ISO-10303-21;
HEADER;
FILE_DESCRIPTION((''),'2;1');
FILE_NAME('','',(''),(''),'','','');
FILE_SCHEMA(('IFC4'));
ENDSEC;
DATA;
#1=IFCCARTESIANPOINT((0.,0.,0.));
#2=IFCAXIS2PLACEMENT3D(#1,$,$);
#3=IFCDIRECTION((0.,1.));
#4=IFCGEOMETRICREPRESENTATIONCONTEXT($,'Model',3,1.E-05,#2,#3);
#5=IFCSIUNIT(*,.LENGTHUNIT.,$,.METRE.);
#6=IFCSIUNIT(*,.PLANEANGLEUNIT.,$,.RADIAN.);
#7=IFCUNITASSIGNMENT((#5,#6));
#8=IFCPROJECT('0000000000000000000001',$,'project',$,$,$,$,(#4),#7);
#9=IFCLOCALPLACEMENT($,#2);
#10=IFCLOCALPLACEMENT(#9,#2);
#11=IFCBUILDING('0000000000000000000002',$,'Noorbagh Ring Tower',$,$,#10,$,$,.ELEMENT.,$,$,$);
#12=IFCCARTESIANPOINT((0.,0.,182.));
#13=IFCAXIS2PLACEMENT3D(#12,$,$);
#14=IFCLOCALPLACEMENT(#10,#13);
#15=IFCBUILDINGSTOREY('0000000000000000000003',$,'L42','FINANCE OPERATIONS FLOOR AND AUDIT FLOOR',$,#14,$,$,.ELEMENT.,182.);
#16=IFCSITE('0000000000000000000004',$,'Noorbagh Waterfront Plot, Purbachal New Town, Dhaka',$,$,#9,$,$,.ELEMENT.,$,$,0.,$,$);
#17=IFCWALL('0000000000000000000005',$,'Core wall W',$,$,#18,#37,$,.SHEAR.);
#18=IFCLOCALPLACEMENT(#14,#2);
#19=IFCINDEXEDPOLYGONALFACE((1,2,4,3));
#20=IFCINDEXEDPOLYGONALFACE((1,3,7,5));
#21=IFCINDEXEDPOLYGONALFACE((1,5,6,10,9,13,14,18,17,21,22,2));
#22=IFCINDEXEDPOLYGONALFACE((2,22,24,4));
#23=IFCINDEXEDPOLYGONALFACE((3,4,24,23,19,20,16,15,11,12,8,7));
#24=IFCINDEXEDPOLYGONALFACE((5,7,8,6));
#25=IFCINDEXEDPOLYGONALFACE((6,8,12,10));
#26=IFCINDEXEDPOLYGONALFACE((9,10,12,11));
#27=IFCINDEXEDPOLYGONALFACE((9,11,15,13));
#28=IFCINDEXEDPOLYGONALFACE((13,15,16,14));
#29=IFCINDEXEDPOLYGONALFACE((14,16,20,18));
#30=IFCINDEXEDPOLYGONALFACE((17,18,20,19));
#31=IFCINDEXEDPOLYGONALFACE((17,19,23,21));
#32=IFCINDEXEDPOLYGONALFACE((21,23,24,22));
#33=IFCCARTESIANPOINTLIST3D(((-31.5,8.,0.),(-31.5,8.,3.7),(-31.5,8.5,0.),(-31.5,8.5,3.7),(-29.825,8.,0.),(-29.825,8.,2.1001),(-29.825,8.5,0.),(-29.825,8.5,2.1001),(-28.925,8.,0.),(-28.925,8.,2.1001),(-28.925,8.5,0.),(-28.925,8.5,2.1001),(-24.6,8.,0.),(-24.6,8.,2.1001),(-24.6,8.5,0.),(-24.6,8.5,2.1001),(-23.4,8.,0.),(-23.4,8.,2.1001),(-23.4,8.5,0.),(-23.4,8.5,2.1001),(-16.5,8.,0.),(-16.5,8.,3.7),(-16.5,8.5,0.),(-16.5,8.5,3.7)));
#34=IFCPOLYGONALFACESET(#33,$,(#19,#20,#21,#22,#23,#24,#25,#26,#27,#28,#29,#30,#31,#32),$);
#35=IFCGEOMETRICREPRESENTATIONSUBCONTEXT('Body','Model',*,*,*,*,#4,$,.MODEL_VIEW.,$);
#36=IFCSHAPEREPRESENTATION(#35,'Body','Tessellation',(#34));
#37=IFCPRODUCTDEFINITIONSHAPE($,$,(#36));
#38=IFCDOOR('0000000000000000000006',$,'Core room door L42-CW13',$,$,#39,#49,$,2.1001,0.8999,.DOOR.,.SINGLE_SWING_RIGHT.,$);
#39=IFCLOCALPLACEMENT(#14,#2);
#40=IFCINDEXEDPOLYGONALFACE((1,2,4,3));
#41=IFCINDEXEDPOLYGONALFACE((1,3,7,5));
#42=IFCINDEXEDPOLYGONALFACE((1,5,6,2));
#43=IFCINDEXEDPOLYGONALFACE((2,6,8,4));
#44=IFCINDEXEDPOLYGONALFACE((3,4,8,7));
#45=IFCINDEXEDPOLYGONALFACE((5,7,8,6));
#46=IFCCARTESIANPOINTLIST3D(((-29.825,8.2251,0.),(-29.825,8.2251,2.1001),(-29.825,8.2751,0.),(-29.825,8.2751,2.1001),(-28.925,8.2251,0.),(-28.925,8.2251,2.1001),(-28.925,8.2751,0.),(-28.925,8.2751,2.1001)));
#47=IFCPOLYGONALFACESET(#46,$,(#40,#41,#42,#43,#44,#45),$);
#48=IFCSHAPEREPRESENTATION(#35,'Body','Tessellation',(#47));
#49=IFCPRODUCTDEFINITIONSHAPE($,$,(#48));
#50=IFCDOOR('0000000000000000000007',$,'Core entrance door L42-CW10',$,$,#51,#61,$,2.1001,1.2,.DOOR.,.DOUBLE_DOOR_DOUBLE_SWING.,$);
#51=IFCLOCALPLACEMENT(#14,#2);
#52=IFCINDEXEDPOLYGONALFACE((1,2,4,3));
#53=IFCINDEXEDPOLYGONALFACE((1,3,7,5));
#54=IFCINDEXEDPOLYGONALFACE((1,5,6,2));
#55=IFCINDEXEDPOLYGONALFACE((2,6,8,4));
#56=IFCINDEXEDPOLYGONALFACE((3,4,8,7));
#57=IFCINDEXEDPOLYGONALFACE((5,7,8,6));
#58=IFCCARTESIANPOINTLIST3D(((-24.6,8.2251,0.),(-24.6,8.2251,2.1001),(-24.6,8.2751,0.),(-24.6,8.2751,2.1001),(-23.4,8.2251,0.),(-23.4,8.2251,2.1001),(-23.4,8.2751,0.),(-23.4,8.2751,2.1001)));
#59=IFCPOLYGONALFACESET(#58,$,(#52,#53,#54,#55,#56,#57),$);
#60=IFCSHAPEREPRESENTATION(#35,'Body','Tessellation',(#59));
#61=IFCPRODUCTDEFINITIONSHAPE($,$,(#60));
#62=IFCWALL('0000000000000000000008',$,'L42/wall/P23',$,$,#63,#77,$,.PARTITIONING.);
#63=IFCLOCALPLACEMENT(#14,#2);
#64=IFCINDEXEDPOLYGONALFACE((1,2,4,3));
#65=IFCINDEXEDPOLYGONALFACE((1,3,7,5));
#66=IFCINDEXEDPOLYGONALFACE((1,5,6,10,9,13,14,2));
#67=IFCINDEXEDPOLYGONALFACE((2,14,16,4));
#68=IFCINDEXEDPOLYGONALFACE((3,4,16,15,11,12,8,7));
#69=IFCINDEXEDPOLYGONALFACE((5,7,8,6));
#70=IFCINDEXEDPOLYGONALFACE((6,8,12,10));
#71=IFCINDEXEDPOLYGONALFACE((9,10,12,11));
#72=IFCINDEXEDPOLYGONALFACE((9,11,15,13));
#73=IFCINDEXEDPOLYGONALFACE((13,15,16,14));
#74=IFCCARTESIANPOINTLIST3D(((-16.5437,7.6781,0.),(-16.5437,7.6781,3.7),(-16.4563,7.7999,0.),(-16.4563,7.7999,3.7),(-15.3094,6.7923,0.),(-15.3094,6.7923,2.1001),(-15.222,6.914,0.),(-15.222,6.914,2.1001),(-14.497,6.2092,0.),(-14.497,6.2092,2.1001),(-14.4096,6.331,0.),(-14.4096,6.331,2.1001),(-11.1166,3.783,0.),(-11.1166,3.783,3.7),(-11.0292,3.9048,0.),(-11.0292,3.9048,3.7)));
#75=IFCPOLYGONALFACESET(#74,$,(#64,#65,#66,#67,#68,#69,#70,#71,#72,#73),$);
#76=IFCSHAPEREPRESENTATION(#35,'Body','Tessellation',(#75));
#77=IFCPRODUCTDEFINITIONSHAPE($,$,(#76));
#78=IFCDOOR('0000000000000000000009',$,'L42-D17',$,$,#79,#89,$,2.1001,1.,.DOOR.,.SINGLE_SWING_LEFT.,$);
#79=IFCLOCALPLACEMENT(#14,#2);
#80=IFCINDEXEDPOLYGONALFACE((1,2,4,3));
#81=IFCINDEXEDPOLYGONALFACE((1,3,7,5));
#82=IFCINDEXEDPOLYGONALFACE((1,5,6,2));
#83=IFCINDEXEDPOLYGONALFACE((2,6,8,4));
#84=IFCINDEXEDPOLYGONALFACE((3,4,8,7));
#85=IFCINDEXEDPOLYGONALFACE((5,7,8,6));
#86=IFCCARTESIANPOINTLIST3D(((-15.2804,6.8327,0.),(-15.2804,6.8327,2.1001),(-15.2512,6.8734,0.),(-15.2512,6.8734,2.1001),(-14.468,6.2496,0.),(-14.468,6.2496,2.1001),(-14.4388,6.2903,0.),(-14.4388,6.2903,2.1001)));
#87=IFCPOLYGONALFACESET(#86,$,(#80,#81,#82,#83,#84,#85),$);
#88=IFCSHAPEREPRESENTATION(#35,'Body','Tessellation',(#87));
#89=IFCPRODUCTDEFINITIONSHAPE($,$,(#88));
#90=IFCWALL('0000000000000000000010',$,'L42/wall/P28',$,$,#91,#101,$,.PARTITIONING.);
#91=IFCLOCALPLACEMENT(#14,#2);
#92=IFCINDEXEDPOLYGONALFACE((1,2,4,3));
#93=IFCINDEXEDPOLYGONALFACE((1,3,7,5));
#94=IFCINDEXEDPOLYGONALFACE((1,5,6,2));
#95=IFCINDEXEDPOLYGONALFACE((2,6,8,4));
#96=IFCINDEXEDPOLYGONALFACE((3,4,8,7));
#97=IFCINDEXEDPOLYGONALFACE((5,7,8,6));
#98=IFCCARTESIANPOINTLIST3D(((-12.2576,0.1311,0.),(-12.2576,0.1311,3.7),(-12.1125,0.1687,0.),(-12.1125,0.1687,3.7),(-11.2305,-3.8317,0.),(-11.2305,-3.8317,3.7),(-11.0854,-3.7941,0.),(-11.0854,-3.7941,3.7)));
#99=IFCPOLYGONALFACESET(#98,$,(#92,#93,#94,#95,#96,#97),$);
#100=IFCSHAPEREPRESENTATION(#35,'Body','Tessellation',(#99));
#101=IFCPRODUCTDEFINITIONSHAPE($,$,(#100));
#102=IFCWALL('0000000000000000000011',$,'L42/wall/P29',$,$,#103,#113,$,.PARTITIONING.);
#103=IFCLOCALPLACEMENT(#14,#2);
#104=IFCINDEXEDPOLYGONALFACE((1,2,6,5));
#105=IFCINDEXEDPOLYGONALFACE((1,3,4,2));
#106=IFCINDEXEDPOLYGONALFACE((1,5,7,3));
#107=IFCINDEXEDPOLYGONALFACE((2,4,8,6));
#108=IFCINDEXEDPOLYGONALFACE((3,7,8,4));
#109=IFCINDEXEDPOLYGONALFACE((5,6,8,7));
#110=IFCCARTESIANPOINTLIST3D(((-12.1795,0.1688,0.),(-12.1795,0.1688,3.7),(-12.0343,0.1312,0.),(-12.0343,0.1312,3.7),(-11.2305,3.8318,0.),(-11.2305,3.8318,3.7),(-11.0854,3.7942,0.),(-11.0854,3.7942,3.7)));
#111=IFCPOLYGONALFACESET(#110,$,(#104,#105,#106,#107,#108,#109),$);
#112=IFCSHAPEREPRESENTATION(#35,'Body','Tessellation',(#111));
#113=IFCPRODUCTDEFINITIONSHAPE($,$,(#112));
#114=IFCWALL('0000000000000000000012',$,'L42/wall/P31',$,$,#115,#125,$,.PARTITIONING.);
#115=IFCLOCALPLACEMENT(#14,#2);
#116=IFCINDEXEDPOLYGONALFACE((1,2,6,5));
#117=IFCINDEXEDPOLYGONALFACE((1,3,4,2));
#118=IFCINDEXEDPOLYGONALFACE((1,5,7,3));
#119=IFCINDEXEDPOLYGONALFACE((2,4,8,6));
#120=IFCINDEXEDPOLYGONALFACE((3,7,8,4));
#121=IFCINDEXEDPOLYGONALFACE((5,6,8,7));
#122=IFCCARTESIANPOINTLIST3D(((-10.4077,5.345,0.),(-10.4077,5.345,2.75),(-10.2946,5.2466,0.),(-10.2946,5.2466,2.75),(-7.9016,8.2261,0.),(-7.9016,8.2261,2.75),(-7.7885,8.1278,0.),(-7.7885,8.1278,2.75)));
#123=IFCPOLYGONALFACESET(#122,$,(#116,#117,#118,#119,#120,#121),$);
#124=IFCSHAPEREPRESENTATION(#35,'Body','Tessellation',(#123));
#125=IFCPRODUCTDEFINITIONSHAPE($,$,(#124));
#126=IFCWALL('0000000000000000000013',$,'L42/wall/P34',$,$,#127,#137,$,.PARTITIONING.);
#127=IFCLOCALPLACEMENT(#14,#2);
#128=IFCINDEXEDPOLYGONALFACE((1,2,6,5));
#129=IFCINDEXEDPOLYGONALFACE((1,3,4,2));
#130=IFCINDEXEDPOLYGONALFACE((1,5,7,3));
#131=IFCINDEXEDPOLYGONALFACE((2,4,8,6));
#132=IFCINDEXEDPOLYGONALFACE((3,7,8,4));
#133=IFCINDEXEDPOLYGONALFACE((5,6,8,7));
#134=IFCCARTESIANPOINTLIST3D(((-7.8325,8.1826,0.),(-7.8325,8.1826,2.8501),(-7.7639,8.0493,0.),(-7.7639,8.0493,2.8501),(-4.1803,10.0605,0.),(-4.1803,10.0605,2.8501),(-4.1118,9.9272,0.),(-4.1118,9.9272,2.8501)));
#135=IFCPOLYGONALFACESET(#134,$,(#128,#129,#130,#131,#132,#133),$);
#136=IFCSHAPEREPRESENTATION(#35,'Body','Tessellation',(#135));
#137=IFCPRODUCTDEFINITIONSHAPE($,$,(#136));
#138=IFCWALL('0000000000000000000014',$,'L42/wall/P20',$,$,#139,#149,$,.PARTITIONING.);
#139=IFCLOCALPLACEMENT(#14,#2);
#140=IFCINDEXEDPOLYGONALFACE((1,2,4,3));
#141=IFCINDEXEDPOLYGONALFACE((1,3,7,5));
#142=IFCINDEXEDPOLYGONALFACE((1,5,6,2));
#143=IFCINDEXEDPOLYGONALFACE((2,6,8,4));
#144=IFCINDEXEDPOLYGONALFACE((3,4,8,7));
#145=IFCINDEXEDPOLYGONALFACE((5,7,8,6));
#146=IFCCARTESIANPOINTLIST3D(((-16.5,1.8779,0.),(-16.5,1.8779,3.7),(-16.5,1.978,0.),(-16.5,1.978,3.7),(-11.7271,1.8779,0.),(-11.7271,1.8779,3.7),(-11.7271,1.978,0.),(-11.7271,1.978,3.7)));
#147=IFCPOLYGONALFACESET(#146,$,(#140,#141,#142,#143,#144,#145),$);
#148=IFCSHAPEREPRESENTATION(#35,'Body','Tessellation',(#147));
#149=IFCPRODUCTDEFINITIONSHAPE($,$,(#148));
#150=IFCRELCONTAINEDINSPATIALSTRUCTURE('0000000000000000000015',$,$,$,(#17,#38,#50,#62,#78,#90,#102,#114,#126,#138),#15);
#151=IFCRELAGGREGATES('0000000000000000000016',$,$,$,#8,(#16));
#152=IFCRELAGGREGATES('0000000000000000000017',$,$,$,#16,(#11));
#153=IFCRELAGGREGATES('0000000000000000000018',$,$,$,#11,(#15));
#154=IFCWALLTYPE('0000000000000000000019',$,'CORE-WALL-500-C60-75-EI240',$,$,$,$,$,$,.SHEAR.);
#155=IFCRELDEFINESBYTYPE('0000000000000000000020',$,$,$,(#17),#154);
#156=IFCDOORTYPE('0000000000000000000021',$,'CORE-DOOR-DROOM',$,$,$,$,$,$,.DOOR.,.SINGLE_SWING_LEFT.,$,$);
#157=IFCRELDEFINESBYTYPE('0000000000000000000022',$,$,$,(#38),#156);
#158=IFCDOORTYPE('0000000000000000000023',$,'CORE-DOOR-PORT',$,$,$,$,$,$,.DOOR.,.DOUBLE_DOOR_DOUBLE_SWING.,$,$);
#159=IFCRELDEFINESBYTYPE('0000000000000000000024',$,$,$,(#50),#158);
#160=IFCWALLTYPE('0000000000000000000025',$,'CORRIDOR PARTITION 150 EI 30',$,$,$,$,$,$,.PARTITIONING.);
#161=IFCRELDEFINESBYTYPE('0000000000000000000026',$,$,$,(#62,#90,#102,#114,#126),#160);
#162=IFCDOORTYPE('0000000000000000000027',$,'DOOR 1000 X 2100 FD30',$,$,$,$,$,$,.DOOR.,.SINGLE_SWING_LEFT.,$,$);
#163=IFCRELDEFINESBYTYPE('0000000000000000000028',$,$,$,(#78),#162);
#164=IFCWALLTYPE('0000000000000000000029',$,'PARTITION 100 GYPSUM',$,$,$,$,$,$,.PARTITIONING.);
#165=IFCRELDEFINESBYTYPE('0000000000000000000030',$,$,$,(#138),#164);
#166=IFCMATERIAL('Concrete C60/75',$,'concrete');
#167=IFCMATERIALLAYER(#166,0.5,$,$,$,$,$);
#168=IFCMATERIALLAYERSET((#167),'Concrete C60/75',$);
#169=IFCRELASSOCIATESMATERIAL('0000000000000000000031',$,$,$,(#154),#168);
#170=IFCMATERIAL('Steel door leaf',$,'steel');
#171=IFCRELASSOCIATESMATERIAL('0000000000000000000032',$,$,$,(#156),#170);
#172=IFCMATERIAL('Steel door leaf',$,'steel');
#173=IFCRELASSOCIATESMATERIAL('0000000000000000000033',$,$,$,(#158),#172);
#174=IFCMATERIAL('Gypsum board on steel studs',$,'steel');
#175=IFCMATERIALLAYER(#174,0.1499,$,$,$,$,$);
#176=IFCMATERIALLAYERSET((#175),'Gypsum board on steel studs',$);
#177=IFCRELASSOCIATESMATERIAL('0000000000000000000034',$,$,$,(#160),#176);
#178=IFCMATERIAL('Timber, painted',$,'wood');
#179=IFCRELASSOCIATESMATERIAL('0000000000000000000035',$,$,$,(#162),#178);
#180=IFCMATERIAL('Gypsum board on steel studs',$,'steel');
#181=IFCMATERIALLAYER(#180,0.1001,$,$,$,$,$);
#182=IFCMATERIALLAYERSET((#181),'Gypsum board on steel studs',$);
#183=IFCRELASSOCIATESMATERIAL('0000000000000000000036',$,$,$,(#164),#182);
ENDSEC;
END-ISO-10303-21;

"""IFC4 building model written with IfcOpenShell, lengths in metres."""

from ifc_helpers import new_model, si_unit, direction, frame, frame_2d, origin, place, context, subcontext, project, spatial, rectangle, extrude, material, layer, layer_set, type_object, element, fill, save


model = new_model("IFC4")

# Units and contexts
model_context = context("Model", 3, precision=1e-05, world=origin(), true_north=direction((0.0, 1.0)))
body_context = subcontext(model_context, "Body", "Model", "MODEL_VIEW")
ifc_project = project(units=[si_unit("LENGTHUNIT", "METRE"), si_unit("PLANEANGLEUNIT", "RADIAN")], contexts=[model_context])

# Site, building, storey
site_placement = place(None, origin())
site = spatial("IfcSite", under=ifc_project, at=site_placement, Name="Noorbagh Waterfront Plot, Purbachal New Town, Dhaka", CompositionType="ELEMENT", RefElevation=0.0)
building_placement = place(site_placement, origin())
building = spatial("IfcBuilding", under=site, at=building_placement, Name="Noorbagh Ring Tower", CompositionType="ELEMENT")
storey_placement = place(building_placement, frame((0.0, 0.0, 182.0)))
storey = spatial("IfcBuildingStorey", under=building, at=storey_placement, Name="L42", Description="FINANCE OPERATIONS FLOOR AND AUDIT FLOOR", CompositionType="ELEMENT", Elevation=182.0)

# Wall, openings, doors
ifc_material_1 = material(Name="Concrete C60/75", Category="concrete")
ifc_layer_1 = layer(ifc_material_1, 0.5)
ifc_layer_set_1 = layer_set([ifc_layer_1], Name="Concrete C60/75")
wall_type_1 = type_object("IfcWallType", Name="CORE-WALL-500-C60-75-EI240", PredefinedType="SHEAR", material=ifc_layer_set_1)
wall_1_placement = place(storey_placement, frame((-16.5, 8.25, 0.0), z_axis=(0.0, 0.0, 1.0), x_axis=(-1.0, 0.0, 0.0)))
wall_1 = element("IfcWall", 1, at=wall_1_placement, inside=storey, type_object=wall_type_1, Name="Core wall W", PredefinedType="SHEAR", context=body_context, shape_type="SweptSolid", body=[
    extrude(rectangle(XDim=15.0, YDim=0.5, at=frame_2d((7.5, 0.0))), origin(), (0.0, 0.0, 1.0), 3.7),
])
opening_1_placement = place(wall_1_placement, frame((6.8999, 0.0, 0.0)))
opening_1 = element("IfcOpeningElement", 2, at=opening_1_placement, cuts=wall_1, PredefinedType="OPENING", context=body_context, shape_type="SweptSolid", body=[
    extrude(rectangle(XDim=1.2, YDim=2.1001, at=frame_2d((0.6001, 1.05))), frame((0.0, 0.26, 0.0), z_axis=(0.0, -1.0, 0.0), x_axis=(1.0, 0.0, 0.0)), (0.0, 0.0, 1.0), 0.52),
])
opening_2_placement = place(wall_1_placement, frame((12.425, 0.0, 0.0)))
opening_2 = element("IfcOpeningElement", 3, at=opening_2_placement, cuts=wall_1, PredefinedType="OPENING", context=body_context, shape_type="SweptSolid", body=[
    extrude(rectangle(XDim=0.8999, YDim=2.1001, at=frame_2d((0.45, 1.05))), frame((0.0, 0.26, 0.0), z_axis=(0.0, -1.0, 0.0), x_axis=(1.0, 0.0, 0.0)), (0.0, 0.0, 1.0), 0.52),
])
ifc_material_2 = material(Name="Steel door leaf", Category="steel")
door_type_1 = type_object("IfcDoorType", Name="CORE-DOOR-DROOM", OperationType="SINGLE_SWING_LEFT", PredefinedType="DOOR", material=ifc_material_2)
door_1_placement = place(opening_2_placement, origin())
door_1 = element("IfcDoor", 4, at=door_1_placement, inside=storey, type_object=door_type_1, Name="Core room door L42-CW13", OperationType="SINGLE_SWING_RIGHT", OverallHeight=2.1001, OverallWidth=0.8999, PredefinedType="DOOR", context=body_context, shape_type="SweptSolid", body=[
    extrude(rectangle(XDim=0.8999, YDim=2.1001, at=frame_2d((0.45, 1.05))), frame((0.0, 0.0249, 0.0), z_axis=(0.0, -1.0, 0.0), x_axis=(1.0, 0.0, 0.0)), (0.0, 0.0, 1.0), 0.05),
])
fill(opening_2, door_1)
ifc_material_3 = material(Name="Steel door leaf", Category="steel")
door_type_2 = type_object("IfcDoorType", Name="CORE-DOOR-PORT", OperationType="DOUBLE_DOOR_DOUBLE_SWING", PredefinedType="DOOR", material=ifc_material_3)
door_2_placement = place(opening_1_placement, origin())
door_2 = element("IfcDoor", 5, at=door_2_placement, inside=storey, type_object=door_type_2, Name="Core entrance door L42-CW10", OperationType="DOUBLE_DOOR_DOUBLE_SWING", OverallHeight=2.1001, OverallWidth=1.2, PredefinedType="DOOR", context=body_context, shape_type="SweptSolid", body=[
    extrude(rectangle(XDim=1.2, YDim=2.1001, at=frame_2d((0.6001, 1.05))), frame((0.0, 0.0249, 0.0), z_axis=(0.0, -1.0, 0.0), x_axis=(1.0, 0.0, 0.0)), (0.0, 0.0, 1.0), 0.05),
])
fill(opening_1, door_2)

# Wall, opening, door
ifc_material_4 = material(Name="Gypsum board on steel studs", Category="steel")
ifc_layer_2 = layer(ifc_material_4, 0.1499)
ifc_layer_set_2 = layer_set([ifc_layer_2], Name="Gypsum board on steel studs")
wall_type_2 = type_object("IfcWallType", Name="CORRIDOR PARTITION 150 EI 30", PredefinedType="PARTITIONING", material=ifc_layer_set_2)
wall_2_placement = place(storey_placement, frame((-16.5, 7.739, 0.0), z_axis=(0.0, 0.0, 1.0), x_axis=(0.812415, -0.583079, 0.0)))
wall_2 = element("IfcWall", 6, at=wall_2_placement, inside=storey, type_object=wall_type_2, Name="L42/wall/P23", PredefinedType="PARTITIONING", context=body_context, shape_type="SweptSolid", body=[
    extrude(rectangle(XDim=6.6802, YDim=0.1499, at=frame_2d((3.3401, 0.0))), origin(), (0.0, 0.0, 1.0), 3.7),
])
opening_3_placement = place(wall_2_placement, frame((1.5193, 0.0, 0.0)))
opening_3 = element("IfcOpeningElement", 7, at=opening_3_placement, cuts=wall_2, PredefinedType="OPENING", context=body_context, shape_type="SweptSolid", body=[
    extrude(rectangle(XDim=1.0, YDim=2.1001, at=frame_2d((0.5, 1.05))), frame((0.0, 0.085, 0.0), z_axis=(0.0, -1.0, 0.0), x_axis=(1.0, 0.0, 0.0)), (0.0, 0.0, 1.0), 0.1699),
])
ifc_material_5 = material(Name="Timber, painted", Category="wood")
door_type_3 = type_object("IfcDoorType", Name="DOOR 1000 X 2100 FD30", OperationType="SINGLE_SWING_LEFT", PredefinedType="DOOR", material=ifc_material_5)
door_3_placement = place(opening_3_placement, origin())
door_3 = element("IfcDoor", 8, at=door_3_placement, inside=storey, type_object=door_type_3, Name="L42-D17", OperationType="SINGLE_SWING_LEFT", OverallHeight=2.1001, OverallWidth=1.0, PredefinedType="DOOR", context=body_context, shape_type="SweptSolid", body=[
    extrude(rectangle(XDim=1.0, YDim=2.1001, at=frame_2d((0.5, 1.05))), frame((0.0, 0.0249, 0.0), z_axis=(0.0, -1.0, 0.0), x_axis=(1.0, 0.0, 0.0)), (0.0, 0.0, 1.0), 0.05),
])
fill(opening_3, door_3)

# Walls
wall_3_placement = place(storey_placement, frame((-12.1851, 0.1499, 0.0), z_axis=(0.0, 0.0, 1.0), x_axis=(0.25089, -0.968016, 0.0)))
element("IfcWall", 9, at=wall_3_placement, inside=storey, type_object=wall_type_2, Name="L42/wall/P28", PredefinedType="PARTITIONING", context=body_context, shape_type="SweptSolid", body=[
    extrude(rectangle(XDim=4.0938, YDim=0.1499, at=frame_2d((2.0469, 0.0))), origin(), (0.0, 0.0, 1.0), 3.7),
])
wall_4_placement = place(storey_placement, frame((-12.1069, 0.1499, 0.0), z_axis=(0.0, 0.0, 1.0), x_axis=(0.250785, 0.968043, 0.0)))
element("IfcWall", 10, at=wall_4_placement, inside=storey, type_object=wall_type_2, Name="L42/wall/P29", PredefinedType="PARTITIONING", context=body_context, shape_type="SweptSolid", body=[
    extrude(rectangle(XDim=3.7839, YDim=0.1499, at=frame_2d((1.8921, 0.0))), origin(), (0.0, 0.0, 1.0), 3.7),
])
wall_5_placement = place(storey_placement, frame((-10.3511, 5.2959, 0.0), z_axis=(0.0, 0.0, 1.0), x_axis=(0.656297, 0.754502, 0.0)))
element("IfcWall", 11, at=wall_5_placement, inside=storey, type_object=wall_type_2, Name="L42/wall/P31", PredefinedType="PARTITIONING", context=body_context, shape_type="SweptSolid", body=[
    extrude(rectangle(XDim=3.8186, YDim=0.1499, at=frame_2d((1.9092, 0.0))), origin(), (0.0, 0.0, 1.0), 2.75),
])
wall_6_placement = place(storey_placement, frame((-7.7981, 8.116, 0.0), z_axis=(0.0, 0.0, 1.0), x_axis=(0.889317, 0.457292, 0.0)))
element("IfcWall", 12, at=wall_6_placement, inside=storey, type_object=wall_type_2, Name="L42/wall/P34", PredefinedType="PARTITIONING", context=body_context, shape_type="SweptSolid", body=[
    extrude(rectangle(XDim=4.1067, YDim=0.1499, at=frame_2d((2.0532, 0.0))), origin(), (0.0, 0.0, 1.0), 2.8501),
])
ifc_material_6 = material(Name="Gypsum board on steel studs", Category="steel")
ifc_layer_3 = layer(ifc_material_6, 0.1001)
ifc_layer_set_3 = layer_set([ifc_layer_3], Name="Gypsum board on steel studs")
wall_type_3 = type_object("IfcWallType", Name="PARTITION 100 GYPSUM", PredefinedType="PARTITIONING", material=ifc_layer_set_3)
wall_7_placement = place(storey_placement, frame((-16.5, 1.928, 0.0), z_axis=(0.0, 0.0, 1.0), x_axis=(1.0, 0.0, 0.0)))
element("IfcWall", 13, at=wall_7_placement, inside=storey, type_object=wall_type_3, Name="L42/wall/P20", PredefinedType="PARTITIONING", context=body_context, shape_type="SweptSolid", body=[
    extrude(rectangle(XDim=4.7729, YDim=0.1001, at=frame_2d((2.3865, 0.0))), origin(), (0.0, 0.0, 1.0), 3.7),
])

save(model, "model.ifc")
